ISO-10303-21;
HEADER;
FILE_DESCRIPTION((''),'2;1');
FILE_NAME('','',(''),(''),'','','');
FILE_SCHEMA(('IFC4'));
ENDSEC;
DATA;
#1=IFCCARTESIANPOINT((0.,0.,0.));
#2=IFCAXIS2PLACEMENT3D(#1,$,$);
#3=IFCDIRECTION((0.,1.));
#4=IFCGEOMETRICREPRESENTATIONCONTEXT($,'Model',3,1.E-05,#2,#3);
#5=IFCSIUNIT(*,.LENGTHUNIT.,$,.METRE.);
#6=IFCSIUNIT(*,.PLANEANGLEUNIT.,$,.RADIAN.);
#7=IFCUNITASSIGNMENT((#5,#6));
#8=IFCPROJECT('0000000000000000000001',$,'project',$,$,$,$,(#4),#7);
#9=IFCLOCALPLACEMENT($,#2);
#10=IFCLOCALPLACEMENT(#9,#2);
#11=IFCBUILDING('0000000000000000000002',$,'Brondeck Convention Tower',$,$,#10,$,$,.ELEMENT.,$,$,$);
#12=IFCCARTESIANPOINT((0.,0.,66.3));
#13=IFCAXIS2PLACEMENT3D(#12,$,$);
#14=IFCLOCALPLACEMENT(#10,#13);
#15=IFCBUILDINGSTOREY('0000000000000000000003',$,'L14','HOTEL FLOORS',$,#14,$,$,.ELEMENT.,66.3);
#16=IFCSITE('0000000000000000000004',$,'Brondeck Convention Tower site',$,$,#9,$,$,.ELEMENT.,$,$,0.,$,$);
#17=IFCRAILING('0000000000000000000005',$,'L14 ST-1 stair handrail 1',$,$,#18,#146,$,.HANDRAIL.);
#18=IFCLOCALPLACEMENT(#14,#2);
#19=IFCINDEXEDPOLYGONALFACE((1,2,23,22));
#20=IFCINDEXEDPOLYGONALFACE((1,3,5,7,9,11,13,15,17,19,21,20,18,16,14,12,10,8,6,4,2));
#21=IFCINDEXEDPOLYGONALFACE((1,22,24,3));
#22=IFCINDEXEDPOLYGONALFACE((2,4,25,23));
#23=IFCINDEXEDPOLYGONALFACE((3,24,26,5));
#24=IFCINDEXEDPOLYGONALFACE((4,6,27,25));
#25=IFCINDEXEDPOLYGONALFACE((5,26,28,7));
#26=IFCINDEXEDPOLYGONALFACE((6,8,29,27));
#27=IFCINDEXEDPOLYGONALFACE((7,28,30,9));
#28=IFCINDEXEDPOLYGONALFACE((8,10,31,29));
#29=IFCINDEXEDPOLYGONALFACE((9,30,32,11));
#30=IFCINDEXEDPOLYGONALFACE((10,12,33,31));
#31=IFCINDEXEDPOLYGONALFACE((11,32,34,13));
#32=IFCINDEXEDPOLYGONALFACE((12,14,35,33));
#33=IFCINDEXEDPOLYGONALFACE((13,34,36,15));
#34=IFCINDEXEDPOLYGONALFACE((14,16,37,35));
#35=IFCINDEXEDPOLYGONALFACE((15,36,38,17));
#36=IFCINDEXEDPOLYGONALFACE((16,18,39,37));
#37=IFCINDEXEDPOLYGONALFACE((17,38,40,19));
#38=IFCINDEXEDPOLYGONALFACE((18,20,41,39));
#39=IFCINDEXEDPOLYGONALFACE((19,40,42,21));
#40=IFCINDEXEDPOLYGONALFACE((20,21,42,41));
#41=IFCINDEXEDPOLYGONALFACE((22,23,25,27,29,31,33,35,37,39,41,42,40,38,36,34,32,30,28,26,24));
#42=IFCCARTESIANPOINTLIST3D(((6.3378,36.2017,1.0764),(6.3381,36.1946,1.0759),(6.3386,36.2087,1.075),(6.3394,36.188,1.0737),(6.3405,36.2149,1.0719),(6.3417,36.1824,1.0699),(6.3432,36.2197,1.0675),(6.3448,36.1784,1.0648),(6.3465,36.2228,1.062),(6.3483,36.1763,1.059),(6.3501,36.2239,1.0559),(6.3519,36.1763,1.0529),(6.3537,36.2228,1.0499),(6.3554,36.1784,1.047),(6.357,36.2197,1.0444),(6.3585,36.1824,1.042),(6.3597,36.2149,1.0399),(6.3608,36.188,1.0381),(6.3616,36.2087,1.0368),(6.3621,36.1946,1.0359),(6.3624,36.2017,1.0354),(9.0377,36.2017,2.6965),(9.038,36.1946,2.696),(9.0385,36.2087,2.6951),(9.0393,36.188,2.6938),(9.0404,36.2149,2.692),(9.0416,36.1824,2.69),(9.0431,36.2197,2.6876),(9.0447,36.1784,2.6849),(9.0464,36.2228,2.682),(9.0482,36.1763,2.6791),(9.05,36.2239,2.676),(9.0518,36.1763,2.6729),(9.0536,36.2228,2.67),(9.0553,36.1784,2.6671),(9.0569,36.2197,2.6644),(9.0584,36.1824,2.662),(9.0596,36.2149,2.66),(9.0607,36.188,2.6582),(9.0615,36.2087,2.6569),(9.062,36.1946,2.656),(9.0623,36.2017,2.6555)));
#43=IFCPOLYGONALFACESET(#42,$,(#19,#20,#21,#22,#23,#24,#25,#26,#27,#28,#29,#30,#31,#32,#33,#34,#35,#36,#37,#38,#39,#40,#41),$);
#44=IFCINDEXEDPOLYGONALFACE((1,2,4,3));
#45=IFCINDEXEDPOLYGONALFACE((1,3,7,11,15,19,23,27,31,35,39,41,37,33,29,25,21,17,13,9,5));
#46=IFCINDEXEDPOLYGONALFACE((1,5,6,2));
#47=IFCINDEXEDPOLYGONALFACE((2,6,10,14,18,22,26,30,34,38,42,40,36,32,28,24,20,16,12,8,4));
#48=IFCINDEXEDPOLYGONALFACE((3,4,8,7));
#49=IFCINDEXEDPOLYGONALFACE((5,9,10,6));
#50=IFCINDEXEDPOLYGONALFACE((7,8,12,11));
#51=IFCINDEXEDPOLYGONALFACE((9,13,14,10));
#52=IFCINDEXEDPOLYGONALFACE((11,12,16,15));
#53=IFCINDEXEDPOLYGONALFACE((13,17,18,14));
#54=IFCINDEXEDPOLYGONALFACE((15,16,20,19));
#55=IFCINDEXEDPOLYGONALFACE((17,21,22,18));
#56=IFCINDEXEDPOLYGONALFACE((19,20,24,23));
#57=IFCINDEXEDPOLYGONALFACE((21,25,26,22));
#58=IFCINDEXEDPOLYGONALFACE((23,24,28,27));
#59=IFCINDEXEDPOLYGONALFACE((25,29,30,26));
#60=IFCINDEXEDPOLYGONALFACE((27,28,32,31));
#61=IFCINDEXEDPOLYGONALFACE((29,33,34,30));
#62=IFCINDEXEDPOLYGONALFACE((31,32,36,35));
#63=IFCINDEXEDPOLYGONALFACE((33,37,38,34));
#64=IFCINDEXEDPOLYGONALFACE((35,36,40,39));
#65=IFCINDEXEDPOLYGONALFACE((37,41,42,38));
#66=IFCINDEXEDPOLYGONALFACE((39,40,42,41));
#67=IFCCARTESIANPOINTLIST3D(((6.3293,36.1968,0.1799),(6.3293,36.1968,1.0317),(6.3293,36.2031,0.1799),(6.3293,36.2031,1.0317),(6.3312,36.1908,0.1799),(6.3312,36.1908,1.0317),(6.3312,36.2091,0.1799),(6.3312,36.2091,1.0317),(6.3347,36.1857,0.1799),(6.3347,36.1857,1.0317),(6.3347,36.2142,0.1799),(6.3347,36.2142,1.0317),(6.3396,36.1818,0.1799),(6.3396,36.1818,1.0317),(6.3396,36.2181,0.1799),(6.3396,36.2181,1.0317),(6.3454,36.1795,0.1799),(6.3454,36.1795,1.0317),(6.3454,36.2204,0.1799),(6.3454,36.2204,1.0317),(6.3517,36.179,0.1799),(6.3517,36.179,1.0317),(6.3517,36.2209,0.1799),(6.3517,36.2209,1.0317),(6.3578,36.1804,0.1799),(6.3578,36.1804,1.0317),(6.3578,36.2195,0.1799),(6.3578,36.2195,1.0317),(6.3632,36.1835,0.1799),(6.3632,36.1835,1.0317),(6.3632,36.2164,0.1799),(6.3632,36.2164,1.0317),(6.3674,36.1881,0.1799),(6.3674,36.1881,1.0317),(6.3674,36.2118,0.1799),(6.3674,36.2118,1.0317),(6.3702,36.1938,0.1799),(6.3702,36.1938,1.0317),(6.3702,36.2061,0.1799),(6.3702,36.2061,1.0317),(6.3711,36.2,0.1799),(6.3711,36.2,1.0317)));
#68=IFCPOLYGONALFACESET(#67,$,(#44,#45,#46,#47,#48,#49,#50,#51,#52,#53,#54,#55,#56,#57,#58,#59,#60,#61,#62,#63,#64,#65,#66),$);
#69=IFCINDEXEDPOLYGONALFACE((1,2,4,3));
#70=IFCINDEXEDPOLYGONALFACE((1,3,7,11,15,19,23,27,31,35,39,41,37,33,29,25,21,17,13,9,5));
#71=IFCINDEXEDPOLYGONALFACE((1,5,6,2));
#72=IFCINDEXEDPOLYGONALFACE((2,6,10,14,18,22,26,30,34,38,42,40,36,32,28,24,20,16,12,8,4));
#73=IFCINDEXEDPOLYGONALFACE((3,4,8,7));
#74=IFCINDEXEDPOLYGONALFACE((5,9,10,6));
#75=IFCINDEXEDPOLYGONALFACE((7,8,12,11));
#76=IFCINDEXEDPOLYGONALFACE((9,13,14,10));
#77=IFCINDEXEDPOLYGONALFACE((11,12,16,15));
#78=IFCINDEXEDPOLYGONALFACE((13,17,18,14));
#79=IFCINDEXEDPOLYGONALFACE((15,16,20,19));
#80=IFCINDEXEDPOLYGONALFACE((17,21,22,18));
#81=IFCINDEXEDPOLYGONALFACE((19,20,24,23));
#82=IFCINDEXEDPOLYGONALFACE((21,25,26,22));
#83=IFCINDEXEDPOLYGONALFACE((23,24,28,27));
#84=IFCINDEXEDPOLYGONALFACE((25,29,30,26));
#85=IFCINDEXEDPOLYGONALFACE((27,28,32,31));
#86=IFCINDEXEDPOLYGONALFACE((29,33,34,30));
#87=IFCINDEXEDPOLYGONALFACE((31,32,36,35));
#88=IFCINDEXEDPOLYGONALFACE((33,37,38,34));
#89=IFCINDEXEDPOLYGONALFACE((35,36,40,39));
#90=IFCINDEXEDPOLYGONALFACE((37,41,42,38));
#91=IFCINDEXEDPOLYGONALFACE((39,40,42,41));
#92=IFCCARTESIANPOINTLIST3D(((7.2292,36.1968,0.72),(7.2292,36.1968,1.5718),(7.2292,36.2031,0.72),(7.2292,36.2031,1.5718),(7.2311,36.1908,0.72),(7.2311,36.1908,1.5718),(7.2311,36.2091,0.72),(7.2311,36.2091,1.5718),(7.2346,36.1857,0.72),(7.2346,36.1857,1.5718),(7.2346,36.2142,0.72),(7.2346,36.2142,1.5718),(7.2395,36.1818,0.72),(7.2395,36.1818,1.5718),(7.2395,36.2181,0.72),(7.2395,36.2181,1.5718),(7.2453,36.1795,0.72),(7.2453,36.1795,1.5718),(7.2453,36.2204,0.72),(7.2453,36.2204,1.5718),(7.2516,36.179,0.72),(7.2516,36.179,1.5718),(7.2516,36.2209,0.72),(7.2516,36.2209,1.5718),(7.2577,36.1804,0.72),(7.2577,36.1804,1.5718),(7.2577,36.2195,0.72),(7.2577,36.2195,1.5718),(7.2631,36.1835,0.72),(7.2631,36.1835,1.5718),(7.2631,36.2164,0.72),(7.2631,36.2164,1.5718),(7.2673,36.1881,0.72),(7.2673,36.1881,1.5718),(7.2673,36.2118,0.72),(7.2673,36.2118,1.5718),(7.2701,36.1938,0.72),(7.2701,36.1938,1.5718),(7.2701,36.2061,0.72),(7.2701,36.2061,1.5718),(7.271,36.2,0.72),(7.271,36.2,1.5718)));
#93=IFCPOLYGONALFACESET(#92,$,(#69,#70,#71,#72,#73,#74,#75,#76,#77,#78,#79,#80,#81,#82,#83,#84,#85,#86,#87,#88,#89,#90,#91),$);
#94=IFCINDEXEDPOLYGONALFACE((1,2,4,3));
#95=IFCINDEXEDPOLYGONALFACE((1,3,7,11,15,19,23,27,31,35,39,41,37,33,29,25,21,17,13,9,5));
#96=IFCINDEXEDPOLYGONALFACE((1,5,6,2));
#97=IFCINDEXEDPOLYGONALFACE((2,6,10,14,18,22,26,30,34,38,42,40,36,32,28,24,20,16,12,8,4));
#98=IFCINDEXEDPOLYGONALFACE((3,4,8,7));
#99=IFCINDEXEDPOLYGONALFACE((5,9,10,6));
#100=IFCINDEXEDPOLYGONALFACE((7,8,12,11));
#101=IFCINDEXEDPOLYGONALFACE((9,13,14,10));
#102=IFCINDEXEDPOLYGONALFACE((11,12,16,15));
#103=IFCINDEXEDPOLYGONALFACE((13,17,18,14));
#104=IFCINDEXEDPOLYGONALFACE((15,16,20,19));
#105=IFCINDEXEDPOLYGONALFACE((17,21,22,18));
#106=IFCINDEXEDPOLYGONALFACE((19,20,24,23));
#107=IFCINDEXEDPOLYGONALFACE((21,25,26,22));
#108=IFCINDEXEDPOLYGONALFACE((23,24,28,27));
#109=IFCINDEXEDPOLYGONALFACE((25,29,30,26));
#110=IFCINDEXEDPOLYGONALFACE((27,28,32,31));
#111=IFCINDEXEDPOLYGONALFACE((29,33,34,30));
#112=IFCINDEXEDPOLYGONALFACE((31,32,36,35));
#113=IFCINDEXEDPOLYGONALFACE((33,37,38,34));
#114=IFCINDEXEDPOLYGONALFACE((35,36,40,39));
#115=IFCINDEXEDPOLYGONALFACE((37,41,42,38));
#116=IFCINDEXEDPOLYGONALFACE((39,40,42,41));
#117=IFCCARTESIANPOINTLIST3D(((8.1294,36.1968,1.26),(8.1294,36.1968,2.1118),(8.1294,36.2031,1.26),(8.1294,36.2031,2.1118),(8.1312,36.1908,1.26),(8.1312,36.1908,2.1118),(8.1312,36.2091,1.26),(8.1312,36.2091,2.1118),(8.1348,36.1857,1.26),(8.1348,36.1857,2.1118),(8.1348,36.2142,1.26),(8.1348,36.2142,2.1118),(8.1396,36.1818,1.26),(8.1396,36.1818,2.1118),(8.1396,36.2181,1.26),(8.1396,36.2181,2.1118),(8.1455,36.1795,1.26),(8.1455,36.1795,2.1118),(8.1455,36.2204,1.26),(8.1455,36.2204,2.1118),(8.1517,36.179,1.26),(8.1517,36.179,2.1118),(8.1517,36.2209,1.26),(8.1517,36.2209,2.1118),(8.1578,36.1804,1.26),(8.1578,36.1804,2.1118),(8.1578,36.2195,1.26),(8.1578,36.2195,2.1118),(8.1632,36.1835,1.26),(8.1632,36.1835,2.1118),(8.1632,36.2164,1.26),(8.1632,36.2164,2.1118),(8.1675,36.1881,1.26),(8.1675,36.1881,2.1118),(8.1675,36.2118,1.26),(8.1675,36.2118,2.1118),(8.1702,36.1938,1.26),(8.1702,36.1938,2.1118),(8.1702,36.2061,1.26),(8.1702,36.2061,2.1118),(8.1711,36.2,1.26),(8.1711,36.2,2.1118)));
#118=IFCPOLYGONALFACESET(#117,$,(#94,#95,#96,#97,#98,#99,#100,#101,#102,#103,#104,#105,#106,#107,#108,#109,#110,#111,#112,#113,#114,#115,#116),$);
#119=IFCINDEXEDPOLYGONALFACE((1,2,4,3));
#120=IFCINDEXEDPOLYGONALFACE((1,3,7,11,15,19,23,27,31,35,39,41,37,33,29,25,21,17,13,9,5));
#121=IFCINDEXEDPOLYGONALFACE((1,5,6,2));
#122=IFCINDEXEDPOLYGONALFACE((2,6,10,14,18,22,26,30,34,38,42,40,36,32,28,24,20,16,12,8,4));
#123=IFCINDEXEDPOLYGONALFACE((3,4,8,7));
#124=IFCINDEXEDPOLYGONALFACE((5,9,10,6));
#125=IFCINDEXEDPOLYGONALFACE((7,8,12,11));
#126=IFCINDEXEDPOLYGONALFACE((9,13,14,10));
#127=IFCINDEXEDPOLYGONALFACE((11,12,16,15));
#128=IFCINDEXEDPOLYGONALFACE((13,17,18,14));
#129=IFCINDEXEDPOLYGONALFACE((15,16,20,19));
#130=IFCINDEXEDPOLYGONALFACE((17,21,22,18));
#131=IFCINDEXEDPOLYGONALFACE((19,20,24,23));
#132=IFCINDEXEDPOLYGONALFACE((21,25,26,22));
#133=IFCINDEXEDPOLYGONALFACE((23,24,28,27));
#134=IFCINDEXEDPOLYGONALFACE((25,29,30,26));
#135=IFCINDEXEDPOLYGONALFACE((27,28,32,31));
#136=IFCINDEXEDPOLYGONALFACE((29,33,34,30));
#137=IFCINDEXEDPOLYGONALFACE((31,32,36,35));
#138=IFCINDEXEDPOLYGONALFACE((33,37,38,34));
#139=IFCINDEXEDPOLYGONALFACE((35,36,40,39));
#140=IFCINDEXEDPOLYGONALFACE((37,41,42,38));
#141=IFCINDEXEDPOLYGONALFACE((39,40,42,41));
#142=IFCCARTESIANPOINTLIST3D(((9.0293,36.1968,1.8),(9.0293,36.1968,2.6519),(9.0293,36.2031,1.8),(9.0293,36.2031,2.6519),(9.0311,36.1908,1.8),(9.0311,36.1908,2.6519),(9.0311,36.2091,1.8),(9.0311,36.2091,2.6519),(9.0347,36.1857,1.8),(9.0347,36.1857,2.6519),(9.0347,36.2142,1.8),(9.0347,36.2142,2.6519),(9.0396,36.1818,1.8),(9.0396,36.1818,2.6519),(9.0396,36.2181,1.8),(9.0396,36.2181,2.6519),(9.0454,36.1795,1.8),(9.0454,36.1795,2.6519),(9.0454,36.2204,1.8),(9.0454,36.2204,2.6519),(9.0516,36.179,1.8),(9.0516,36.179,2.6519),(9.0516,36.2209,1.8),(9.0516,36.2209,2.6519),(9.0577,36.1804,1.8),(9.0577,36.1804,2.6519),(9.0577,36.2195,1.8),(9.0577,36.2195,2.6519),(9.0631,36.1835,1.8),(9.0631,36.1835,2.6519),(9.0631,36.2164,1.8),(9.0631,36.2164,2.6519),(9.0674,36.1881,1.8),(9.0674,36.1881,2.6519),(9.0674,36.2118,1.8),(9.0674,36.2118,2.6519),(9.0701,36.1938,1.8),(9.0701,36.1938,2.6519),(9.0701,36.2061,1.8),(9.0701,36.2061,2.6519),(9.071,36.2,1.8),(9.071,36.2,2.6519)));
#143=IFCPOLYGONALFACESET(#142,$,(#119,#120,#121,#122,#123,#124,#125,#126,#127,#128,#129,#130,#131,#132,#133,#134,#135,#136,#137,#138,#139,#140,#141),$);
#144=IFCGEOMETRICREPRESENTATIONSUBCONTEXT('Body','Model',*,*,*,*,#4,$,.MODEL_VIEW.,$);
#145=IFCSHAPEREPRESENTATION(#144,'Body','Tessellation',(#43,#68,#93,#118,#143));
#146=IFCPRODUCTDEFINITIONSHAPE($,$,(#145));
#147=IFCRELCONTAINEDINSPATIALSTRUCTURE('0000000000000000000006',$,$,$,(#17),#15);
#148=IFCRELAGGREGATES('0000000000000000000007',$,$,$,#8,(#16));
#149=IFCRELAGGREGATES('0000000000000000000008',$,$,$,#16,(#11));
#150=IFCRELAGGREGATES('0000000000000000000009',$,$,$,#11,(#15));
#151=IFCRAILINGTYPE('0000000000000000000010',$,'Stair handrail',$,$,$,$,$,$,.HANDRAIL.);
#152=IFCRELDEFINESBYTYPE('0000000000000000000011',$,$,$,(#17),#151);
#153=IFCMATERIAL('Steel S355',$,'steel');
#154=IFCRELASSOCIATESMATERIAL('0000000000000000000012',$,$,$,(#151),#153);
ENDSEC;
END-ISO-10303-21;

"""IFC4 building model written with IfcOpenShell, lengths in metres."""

from ifc_helpers import new_model, si_unit, direction, frame, origin, origin_2d, place, context, subcontext, project, spatial, circle, extrude, material, type_object, element, save


model = new_model("IFC4")

# Units and contexts
model_context = context("Model", 3, precision=1e-05, world=origin(), true_north=direction((0.0, 1.0)))
body_context = subcontext(model_context, "Body", "Model", "MODEL_VIEW")
ifc_project = project(units=[si_unit("LENGTHUNIT", "METRE"), si_unit("PLANEANGLEUNIT", "RADIAN")], contexts=[model_context])

# Site, building, storey
site_placement = place(None, origin())
site = spatial("IfcSite", under=ifc_project, at=site_placement, Name="Brondeck Convention Tower site", CompositionType="ELEMENT", RefElevation=0.0)
building_placement = place(site_placement, origin())
building = spatial("IfcBuilding", under=site, at=building_placement, Name="Brondeck Convention Tower", CompositionType="ELEMENT")
storey_placement = place(building_placement, frame((0.0, 0.0, 66.3)))
storey = spatial("IfcBuildingStorey", under=building, at=storey_placement, Name="L14", Description="HOTEL FLOORS", CompositionType="ELEMENT", Elevation=66.3)

# Railing
ifc_material_1 = material(Name="Steel S355", Category="steel")
railing_type_1 = type_object("IfcRailingType", Name="Stair handrail", PredefinedType="HANDRAIL", material=ifc_material_1)
railing_1_placement = place(storey_placement, frame((6.3501, 36.2, 0.1799)))
element("IfcRailing", 1, at=railing_1_placement, inside=storey, type_object=railing_type_1, Name="L14 ST-1 stair handrail 1", PredefinedType="HANDRAIL", context=body_context, shape_type="SweptSolid", body=[
    extrude(circle(Radius=0.0239, at=origin_2d()), frame((0.0, 0.0, 0.876), z_axis=(0.857472, 0.0, 0.51453), x_axis=(0.0, 1.0, 0.0)), (0.0, 0.0, 1.0), 3.1487),
    extrude(circle(Radius=0.021, at=origin_2d()), origin(), (0.0, 0.0, 1.0), 0.8518),
    extrude(circle(Radius=0.021, at=origin_2d()), frame((0.8999, 0.0, 0.54)), (0.0, 0.0, 1.0), 0.8518),
    extrude(circle(Radius=0.021, at=origin_2d()), frame((1.8, 0.0, 1.0801)), (0.0, 0.0, 1.0), 0.8518),
    extrude(circle(Radius=0.021, at=origin_2d()), frame((2.7, 0.0, 1.6201)), (0.0, 0.0, 1.0), 0.8518),
])

save(model, "model.ifc")
